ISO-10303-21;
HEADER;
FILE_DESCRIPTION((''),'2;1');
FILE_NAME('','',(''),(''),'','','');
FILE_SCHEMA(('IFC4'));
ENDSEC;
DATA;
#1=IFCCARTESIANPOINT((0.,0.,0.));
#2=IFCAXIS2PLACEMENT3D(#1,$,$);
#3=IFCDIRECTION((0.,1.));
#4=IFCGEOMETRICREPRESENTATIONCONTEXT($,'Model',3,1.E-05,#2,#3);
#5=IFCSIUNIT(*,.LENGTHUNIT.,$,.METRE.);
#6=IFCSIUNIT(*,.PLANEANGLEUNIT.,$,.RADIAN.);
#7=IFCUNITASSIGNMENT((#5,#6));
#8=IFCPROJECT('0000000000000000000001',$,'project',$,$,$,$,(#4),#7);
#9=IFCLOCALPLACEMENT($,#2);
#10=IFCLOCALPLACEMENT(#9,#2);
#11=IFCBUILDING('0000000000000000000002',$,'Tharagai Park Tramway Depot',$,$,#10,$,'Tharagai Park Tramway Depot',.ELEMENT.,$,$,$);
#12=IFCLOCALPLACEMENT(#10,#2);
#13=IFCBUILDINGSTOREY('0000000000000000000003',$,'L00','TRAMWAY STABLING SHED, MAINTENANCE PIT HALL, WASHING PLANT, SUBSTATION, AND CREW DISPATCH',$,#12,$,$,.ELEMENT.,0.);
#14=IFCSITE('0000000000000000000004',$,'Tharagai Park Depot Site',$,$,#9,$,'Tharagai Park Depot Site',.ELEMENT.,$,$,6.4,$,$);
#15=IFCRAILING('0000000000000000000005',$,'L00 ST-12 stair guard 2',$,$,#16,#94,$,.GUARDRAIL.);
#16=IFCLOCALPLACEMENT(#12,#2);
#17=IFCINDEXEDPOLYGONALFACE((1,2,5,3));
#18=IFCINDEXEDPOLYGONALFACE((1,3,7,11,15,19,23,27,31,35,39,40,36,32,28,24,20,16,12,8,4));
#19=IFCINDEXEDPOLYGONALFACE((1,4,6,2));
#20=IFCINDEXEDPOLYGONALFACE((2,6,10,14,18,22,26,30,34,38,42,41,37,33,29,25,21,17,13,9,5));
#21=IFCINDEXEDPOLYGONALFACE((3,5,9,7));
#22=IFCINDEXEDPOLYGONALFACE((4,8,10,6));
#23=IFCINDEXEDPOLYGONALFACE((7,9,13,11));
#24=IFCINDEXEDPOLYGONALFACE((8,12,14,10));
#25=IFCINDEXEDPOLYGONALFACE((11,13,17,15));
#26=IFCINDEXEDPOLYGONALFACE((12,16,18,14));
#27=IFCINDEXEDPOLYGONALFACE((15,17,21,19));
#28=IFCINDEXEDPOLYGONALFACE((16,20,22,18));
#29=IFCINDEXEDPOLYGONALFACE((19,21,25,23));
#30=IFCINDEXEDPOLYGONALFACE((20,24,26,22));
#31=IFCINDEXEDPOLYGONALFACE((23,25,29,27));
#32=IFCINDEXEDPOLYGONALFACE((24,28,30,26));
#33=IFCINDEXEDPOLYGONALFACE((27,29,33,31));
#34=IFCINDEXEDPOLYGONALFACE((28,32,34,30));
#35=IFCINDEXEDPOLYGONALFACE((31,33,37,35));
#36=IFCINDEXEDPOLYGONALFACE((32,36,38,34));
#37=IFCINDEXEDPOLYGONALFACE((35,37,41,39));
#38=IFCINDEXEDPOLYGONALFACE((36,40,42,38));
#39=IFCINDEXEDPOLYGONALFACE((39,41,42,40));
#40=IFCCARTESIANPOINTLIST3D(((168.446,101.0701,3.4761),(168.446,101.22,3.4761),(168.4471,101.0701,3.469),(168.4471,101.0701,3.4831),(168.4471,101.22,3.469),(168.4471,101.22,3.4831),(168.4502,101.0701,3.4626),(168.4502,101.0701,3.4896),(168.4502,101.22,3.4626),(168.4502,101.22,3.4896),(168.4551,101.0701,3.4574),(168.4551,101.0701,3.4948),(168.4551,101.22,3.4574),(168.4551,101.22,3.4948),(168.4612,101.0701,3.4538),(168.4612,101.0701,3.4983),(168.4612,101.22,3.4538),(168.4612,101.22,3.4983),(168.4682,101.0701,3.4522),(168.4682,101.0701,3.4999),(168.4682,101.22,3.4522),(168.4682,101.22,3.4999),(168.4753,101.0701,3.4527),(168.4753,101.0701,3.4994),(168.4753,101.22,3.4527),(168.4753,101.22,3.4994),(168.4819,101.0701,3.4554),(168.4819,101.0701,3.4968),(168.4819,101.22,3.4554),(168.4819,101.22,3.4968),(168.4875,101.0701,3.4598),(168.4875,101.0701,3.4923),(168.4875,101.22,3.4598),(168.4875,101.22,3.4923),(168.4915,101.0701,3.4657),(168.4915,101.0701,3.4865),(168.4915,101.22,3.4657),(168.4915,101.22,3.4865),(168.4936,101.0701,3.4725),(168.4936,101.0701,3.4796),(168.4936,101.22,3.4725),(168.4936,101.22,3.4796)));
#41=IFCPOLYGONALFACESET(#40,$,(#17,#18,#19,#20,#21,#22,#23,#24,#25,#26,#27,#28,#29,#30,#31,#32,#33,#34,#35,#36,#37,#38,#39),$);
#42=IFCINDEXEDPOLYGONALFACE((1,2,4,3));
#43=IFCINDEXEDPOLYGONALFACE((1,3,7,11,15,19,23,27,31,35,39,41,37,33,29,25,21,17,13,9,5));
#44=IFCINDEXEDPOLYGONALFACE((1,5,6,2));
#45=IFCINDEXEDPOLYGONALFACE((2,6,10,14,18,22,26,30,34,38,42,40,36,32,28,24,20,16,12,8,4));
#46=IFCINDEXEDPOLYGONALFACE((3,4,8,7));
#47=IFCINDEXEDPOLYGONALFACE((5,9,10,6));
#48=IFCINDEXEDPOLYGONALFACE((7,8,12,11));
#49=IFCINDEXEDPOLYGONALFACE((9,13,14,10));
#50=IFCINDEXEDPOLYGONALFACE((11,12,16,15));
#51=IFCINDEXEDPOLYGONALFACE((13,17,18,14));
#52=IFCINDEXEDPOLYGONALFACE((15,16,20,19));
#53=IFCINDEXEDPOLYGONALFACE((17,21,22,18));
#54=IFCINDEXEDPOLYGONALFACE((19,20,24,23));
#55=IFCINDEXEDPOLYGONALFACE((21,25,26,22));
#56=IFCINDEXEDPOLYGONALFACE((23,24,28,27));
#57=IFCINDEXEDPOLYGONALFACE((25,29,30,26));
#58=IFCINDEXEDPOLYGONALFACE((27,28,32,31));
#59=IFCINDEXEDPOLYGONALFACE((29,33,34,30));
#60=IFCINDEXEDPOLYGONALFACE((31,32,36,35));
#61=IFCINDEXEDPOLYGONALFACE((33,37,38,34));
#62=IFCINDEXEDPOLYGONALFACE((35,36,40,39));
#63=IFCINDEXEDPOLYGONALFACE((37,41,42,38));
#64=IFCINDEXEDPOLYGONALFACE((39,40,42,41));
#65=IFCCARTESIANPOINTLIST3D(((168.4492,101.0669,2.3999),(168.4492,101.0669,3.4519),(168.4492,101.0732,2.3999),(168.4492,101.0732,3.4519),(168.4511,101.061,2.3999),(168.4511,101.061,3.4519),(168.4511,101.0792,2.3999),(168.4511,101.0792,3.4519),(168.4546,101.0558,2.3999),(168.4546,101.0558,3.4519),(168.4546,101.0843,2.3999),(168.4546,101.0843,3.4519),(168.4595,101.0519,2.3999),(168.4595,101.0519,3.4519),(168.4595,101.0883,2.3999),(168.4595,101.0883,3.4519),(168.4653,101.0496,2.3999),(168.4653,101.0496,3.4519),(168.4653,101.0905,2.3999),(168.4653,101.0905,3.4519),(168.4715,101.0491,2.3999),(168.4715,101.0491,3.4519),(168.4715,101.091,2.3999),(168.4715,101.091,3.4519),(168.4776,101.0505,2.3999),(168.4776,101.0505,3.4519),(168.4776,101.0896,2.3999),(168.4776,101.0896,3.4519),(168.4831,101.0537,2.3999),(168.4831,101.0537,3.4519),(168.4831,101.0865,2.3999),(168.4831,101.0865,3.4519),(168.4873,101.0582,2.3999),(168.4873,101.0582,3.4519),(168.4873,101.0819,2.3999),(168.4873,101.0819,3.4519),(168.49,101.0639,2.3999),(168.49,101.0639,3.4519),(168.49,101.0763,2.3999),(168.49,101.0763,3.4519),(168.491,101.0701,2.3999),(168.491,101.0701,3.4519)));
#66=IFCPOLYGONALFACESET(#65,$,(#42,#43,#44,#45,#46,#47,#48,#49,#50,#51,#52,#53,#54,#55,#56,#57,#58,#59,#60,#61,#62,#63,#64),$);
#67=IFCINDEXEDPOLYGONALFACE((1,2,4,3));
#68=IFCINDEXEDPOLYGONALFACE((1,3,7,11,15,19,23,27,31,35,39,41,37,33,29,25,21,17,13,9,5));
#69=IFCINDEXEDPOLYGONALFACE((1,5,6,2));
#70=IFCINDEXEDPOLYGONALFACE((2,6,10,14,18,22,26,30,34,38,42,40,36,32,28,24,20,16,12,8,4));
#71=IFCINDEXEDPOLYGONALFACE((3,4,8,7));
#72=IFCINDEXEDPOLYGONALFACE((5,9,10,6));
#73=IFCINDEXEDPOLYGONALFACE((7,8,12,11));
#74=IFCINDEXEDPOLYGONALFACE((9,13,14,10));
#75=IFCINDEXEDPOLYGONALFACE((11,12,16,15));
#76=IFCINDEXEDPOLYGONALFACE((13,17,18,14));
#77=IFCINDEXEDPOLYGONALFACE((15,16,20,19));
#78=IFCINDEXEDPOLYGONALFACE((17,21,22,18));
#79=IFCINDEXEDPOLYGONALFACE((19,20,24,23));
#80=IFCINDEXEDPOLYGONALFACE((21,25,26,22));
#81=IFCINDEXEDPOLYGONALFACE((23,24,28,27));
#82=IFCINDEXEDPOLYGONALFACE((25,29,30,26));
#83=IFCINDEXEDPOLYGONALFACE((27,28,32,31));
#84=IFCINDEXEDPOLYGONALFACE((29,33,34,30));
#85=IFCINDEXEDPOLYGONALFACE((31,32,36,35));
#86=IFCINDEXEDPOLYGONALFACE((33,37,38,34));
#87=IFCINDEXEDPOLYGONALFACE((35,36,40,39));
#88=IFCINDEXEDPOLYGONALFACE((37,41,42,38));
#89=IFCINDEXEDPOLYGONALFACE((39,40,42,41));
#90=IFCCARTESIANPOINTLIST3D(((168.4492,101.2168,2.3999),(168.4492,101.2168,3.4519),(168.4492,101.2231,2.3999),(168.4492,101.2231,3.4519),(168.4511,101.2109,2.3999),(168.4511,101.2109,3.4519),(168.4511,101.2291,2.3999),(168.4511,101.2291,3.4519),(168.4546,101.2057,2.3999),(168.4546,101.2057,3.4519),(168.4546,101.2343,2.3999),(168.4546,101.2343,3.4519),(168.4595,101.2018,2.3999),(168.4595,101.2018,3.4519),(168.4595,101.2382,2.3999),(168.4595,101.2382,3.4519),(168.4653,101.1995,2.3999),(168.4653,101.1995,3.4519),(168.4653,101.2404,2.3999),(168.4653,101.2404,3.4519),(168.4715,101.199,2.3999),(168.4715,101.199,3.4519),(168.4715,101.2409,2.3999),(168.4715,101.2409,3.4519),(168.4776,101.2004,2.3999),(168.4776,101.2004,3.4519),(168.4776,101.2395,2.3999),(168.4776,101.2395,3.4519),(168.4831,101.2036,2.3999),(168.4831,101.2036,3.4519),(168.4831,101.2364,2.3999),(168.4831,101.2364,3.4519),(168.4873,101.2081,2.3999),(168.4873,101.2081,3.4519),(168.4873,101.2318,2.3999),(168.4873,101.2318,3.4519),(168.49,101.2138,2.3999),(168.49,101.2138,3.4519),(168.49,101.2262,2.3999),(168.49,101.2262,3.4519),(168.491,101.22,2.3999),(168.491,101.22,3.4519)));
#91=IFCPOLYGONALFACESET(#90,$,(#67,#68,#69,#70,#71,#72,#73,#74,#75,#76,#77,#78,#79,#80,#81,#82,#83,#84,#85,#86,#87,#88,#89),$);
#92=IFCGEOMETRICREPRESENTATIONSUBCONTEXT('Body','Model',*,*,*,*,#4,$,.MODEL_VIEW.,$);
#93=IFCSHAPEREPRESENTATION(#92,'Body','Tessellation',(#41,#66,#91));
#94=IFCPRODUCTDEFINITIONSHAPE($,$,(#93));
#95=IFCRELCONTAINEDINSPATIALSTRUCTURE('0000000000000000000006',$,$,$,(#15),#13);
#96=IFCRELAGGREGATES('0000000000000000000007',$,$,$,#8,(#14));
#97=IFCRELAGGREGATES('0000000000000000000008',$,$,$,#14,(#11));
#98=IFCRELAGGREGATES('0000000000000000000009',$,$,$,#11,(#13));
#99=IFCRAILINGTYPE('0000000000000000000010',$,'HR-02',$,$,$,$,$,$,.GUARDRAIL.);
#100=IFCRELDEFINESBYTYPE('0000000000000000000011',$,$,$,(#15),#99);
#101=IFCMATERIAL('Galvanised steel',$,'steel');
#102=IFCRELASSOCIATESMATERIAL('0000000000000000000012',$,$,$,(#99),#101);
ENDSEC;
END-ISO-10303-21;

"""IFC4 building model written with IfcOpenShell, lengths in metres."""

from ifc_helpers import new_model, si_unit, direction, frame, origin, origin_2d, place, context, subcontext, project, spatial, circle, extrude, material, type_object, element, save


model = new_model("IFC4")

# Units and contexts
model_context = context("Model", 3, precision=1e-05, world=origin(), true_north=direction((0.0, 1.0)))
body_context = subcontext(model_context, "Body", "Model", "MODEL_VIEW")
ifc_project = project(units=[si_unit("LENGTHUNIT", "METRE"), si_unit("PLANEANGLEUNIT", "RADIAN")], contexts=[model_context])

# Site, building, storey
site_placement = place(None, origin())
site = spatial("IfcSite", under=ifc_project, at=site_placement, Name="Tharagai Park Depot Site", LongName="Tharagai Park Depot Site", CompositionType="ELEMENT", RefElevation=6.4)
building_placement = place(site_placement, origin())
building = spatial("IfcBuilding", under=site, at=building_placement, Name="Tharagai Park Tramway Depot", LongName="Tharagai Park Tramway Depot", CompositionType="ELEMENT")
storey_placement = place(building_placement, origin())
storey = spatial("IfcBuildingStorey", under=building, at=storey_placement, Name="L00", Description="TRAMWAY STABLING SHED, MAINTENANCE PIT HALL, WASHING PLANT, SUBSTATION, AND CREW DISPATCH", CompositionType="ELEMENT", Elevation=0.0)

# Shared definitions
ifc_material_1 = material(Name="Galvanised steel", Category="steel")

# Railing
railing_type_1 = type_object("IfcRailingType", Name="HR-02", PredefinedType="GUARDRAIL", material=ifc_material_1)
railing_1_placement = place(storey_placement, frame((168.47, 101.0701, 2.3999)))
element("IfcRailing", 1, at=railing_1_placement, inside=storey, type_object=railing_type_1, Name="L00 ST-12 stair guard 2", PredefinedType="GUARDRAIL", context=body_context, shape_type="SweptSolid", body=[
    extrude(circle(Radius=0.0239, at=origin_2d()), frame((0.0, 0.0, 1.0762), z_axis=(0.0, 1.0, 0.0), x_axis=(-1.0, 0.0, 0.0)), (0.0, 0.0, 1.0), 0.1499),
    extrude(circle(Radius=0.021, at=origin_2d()), origin(), (0.0, 0.0, 1.0), 1.052),
    extrude(circle(Radius=0.021, at=origin_2d()), frame((0.0, 0.1499, 0.0)), (0.0, 0.0, 1.0), 1.052),
])

save(model, "model.ifc")
